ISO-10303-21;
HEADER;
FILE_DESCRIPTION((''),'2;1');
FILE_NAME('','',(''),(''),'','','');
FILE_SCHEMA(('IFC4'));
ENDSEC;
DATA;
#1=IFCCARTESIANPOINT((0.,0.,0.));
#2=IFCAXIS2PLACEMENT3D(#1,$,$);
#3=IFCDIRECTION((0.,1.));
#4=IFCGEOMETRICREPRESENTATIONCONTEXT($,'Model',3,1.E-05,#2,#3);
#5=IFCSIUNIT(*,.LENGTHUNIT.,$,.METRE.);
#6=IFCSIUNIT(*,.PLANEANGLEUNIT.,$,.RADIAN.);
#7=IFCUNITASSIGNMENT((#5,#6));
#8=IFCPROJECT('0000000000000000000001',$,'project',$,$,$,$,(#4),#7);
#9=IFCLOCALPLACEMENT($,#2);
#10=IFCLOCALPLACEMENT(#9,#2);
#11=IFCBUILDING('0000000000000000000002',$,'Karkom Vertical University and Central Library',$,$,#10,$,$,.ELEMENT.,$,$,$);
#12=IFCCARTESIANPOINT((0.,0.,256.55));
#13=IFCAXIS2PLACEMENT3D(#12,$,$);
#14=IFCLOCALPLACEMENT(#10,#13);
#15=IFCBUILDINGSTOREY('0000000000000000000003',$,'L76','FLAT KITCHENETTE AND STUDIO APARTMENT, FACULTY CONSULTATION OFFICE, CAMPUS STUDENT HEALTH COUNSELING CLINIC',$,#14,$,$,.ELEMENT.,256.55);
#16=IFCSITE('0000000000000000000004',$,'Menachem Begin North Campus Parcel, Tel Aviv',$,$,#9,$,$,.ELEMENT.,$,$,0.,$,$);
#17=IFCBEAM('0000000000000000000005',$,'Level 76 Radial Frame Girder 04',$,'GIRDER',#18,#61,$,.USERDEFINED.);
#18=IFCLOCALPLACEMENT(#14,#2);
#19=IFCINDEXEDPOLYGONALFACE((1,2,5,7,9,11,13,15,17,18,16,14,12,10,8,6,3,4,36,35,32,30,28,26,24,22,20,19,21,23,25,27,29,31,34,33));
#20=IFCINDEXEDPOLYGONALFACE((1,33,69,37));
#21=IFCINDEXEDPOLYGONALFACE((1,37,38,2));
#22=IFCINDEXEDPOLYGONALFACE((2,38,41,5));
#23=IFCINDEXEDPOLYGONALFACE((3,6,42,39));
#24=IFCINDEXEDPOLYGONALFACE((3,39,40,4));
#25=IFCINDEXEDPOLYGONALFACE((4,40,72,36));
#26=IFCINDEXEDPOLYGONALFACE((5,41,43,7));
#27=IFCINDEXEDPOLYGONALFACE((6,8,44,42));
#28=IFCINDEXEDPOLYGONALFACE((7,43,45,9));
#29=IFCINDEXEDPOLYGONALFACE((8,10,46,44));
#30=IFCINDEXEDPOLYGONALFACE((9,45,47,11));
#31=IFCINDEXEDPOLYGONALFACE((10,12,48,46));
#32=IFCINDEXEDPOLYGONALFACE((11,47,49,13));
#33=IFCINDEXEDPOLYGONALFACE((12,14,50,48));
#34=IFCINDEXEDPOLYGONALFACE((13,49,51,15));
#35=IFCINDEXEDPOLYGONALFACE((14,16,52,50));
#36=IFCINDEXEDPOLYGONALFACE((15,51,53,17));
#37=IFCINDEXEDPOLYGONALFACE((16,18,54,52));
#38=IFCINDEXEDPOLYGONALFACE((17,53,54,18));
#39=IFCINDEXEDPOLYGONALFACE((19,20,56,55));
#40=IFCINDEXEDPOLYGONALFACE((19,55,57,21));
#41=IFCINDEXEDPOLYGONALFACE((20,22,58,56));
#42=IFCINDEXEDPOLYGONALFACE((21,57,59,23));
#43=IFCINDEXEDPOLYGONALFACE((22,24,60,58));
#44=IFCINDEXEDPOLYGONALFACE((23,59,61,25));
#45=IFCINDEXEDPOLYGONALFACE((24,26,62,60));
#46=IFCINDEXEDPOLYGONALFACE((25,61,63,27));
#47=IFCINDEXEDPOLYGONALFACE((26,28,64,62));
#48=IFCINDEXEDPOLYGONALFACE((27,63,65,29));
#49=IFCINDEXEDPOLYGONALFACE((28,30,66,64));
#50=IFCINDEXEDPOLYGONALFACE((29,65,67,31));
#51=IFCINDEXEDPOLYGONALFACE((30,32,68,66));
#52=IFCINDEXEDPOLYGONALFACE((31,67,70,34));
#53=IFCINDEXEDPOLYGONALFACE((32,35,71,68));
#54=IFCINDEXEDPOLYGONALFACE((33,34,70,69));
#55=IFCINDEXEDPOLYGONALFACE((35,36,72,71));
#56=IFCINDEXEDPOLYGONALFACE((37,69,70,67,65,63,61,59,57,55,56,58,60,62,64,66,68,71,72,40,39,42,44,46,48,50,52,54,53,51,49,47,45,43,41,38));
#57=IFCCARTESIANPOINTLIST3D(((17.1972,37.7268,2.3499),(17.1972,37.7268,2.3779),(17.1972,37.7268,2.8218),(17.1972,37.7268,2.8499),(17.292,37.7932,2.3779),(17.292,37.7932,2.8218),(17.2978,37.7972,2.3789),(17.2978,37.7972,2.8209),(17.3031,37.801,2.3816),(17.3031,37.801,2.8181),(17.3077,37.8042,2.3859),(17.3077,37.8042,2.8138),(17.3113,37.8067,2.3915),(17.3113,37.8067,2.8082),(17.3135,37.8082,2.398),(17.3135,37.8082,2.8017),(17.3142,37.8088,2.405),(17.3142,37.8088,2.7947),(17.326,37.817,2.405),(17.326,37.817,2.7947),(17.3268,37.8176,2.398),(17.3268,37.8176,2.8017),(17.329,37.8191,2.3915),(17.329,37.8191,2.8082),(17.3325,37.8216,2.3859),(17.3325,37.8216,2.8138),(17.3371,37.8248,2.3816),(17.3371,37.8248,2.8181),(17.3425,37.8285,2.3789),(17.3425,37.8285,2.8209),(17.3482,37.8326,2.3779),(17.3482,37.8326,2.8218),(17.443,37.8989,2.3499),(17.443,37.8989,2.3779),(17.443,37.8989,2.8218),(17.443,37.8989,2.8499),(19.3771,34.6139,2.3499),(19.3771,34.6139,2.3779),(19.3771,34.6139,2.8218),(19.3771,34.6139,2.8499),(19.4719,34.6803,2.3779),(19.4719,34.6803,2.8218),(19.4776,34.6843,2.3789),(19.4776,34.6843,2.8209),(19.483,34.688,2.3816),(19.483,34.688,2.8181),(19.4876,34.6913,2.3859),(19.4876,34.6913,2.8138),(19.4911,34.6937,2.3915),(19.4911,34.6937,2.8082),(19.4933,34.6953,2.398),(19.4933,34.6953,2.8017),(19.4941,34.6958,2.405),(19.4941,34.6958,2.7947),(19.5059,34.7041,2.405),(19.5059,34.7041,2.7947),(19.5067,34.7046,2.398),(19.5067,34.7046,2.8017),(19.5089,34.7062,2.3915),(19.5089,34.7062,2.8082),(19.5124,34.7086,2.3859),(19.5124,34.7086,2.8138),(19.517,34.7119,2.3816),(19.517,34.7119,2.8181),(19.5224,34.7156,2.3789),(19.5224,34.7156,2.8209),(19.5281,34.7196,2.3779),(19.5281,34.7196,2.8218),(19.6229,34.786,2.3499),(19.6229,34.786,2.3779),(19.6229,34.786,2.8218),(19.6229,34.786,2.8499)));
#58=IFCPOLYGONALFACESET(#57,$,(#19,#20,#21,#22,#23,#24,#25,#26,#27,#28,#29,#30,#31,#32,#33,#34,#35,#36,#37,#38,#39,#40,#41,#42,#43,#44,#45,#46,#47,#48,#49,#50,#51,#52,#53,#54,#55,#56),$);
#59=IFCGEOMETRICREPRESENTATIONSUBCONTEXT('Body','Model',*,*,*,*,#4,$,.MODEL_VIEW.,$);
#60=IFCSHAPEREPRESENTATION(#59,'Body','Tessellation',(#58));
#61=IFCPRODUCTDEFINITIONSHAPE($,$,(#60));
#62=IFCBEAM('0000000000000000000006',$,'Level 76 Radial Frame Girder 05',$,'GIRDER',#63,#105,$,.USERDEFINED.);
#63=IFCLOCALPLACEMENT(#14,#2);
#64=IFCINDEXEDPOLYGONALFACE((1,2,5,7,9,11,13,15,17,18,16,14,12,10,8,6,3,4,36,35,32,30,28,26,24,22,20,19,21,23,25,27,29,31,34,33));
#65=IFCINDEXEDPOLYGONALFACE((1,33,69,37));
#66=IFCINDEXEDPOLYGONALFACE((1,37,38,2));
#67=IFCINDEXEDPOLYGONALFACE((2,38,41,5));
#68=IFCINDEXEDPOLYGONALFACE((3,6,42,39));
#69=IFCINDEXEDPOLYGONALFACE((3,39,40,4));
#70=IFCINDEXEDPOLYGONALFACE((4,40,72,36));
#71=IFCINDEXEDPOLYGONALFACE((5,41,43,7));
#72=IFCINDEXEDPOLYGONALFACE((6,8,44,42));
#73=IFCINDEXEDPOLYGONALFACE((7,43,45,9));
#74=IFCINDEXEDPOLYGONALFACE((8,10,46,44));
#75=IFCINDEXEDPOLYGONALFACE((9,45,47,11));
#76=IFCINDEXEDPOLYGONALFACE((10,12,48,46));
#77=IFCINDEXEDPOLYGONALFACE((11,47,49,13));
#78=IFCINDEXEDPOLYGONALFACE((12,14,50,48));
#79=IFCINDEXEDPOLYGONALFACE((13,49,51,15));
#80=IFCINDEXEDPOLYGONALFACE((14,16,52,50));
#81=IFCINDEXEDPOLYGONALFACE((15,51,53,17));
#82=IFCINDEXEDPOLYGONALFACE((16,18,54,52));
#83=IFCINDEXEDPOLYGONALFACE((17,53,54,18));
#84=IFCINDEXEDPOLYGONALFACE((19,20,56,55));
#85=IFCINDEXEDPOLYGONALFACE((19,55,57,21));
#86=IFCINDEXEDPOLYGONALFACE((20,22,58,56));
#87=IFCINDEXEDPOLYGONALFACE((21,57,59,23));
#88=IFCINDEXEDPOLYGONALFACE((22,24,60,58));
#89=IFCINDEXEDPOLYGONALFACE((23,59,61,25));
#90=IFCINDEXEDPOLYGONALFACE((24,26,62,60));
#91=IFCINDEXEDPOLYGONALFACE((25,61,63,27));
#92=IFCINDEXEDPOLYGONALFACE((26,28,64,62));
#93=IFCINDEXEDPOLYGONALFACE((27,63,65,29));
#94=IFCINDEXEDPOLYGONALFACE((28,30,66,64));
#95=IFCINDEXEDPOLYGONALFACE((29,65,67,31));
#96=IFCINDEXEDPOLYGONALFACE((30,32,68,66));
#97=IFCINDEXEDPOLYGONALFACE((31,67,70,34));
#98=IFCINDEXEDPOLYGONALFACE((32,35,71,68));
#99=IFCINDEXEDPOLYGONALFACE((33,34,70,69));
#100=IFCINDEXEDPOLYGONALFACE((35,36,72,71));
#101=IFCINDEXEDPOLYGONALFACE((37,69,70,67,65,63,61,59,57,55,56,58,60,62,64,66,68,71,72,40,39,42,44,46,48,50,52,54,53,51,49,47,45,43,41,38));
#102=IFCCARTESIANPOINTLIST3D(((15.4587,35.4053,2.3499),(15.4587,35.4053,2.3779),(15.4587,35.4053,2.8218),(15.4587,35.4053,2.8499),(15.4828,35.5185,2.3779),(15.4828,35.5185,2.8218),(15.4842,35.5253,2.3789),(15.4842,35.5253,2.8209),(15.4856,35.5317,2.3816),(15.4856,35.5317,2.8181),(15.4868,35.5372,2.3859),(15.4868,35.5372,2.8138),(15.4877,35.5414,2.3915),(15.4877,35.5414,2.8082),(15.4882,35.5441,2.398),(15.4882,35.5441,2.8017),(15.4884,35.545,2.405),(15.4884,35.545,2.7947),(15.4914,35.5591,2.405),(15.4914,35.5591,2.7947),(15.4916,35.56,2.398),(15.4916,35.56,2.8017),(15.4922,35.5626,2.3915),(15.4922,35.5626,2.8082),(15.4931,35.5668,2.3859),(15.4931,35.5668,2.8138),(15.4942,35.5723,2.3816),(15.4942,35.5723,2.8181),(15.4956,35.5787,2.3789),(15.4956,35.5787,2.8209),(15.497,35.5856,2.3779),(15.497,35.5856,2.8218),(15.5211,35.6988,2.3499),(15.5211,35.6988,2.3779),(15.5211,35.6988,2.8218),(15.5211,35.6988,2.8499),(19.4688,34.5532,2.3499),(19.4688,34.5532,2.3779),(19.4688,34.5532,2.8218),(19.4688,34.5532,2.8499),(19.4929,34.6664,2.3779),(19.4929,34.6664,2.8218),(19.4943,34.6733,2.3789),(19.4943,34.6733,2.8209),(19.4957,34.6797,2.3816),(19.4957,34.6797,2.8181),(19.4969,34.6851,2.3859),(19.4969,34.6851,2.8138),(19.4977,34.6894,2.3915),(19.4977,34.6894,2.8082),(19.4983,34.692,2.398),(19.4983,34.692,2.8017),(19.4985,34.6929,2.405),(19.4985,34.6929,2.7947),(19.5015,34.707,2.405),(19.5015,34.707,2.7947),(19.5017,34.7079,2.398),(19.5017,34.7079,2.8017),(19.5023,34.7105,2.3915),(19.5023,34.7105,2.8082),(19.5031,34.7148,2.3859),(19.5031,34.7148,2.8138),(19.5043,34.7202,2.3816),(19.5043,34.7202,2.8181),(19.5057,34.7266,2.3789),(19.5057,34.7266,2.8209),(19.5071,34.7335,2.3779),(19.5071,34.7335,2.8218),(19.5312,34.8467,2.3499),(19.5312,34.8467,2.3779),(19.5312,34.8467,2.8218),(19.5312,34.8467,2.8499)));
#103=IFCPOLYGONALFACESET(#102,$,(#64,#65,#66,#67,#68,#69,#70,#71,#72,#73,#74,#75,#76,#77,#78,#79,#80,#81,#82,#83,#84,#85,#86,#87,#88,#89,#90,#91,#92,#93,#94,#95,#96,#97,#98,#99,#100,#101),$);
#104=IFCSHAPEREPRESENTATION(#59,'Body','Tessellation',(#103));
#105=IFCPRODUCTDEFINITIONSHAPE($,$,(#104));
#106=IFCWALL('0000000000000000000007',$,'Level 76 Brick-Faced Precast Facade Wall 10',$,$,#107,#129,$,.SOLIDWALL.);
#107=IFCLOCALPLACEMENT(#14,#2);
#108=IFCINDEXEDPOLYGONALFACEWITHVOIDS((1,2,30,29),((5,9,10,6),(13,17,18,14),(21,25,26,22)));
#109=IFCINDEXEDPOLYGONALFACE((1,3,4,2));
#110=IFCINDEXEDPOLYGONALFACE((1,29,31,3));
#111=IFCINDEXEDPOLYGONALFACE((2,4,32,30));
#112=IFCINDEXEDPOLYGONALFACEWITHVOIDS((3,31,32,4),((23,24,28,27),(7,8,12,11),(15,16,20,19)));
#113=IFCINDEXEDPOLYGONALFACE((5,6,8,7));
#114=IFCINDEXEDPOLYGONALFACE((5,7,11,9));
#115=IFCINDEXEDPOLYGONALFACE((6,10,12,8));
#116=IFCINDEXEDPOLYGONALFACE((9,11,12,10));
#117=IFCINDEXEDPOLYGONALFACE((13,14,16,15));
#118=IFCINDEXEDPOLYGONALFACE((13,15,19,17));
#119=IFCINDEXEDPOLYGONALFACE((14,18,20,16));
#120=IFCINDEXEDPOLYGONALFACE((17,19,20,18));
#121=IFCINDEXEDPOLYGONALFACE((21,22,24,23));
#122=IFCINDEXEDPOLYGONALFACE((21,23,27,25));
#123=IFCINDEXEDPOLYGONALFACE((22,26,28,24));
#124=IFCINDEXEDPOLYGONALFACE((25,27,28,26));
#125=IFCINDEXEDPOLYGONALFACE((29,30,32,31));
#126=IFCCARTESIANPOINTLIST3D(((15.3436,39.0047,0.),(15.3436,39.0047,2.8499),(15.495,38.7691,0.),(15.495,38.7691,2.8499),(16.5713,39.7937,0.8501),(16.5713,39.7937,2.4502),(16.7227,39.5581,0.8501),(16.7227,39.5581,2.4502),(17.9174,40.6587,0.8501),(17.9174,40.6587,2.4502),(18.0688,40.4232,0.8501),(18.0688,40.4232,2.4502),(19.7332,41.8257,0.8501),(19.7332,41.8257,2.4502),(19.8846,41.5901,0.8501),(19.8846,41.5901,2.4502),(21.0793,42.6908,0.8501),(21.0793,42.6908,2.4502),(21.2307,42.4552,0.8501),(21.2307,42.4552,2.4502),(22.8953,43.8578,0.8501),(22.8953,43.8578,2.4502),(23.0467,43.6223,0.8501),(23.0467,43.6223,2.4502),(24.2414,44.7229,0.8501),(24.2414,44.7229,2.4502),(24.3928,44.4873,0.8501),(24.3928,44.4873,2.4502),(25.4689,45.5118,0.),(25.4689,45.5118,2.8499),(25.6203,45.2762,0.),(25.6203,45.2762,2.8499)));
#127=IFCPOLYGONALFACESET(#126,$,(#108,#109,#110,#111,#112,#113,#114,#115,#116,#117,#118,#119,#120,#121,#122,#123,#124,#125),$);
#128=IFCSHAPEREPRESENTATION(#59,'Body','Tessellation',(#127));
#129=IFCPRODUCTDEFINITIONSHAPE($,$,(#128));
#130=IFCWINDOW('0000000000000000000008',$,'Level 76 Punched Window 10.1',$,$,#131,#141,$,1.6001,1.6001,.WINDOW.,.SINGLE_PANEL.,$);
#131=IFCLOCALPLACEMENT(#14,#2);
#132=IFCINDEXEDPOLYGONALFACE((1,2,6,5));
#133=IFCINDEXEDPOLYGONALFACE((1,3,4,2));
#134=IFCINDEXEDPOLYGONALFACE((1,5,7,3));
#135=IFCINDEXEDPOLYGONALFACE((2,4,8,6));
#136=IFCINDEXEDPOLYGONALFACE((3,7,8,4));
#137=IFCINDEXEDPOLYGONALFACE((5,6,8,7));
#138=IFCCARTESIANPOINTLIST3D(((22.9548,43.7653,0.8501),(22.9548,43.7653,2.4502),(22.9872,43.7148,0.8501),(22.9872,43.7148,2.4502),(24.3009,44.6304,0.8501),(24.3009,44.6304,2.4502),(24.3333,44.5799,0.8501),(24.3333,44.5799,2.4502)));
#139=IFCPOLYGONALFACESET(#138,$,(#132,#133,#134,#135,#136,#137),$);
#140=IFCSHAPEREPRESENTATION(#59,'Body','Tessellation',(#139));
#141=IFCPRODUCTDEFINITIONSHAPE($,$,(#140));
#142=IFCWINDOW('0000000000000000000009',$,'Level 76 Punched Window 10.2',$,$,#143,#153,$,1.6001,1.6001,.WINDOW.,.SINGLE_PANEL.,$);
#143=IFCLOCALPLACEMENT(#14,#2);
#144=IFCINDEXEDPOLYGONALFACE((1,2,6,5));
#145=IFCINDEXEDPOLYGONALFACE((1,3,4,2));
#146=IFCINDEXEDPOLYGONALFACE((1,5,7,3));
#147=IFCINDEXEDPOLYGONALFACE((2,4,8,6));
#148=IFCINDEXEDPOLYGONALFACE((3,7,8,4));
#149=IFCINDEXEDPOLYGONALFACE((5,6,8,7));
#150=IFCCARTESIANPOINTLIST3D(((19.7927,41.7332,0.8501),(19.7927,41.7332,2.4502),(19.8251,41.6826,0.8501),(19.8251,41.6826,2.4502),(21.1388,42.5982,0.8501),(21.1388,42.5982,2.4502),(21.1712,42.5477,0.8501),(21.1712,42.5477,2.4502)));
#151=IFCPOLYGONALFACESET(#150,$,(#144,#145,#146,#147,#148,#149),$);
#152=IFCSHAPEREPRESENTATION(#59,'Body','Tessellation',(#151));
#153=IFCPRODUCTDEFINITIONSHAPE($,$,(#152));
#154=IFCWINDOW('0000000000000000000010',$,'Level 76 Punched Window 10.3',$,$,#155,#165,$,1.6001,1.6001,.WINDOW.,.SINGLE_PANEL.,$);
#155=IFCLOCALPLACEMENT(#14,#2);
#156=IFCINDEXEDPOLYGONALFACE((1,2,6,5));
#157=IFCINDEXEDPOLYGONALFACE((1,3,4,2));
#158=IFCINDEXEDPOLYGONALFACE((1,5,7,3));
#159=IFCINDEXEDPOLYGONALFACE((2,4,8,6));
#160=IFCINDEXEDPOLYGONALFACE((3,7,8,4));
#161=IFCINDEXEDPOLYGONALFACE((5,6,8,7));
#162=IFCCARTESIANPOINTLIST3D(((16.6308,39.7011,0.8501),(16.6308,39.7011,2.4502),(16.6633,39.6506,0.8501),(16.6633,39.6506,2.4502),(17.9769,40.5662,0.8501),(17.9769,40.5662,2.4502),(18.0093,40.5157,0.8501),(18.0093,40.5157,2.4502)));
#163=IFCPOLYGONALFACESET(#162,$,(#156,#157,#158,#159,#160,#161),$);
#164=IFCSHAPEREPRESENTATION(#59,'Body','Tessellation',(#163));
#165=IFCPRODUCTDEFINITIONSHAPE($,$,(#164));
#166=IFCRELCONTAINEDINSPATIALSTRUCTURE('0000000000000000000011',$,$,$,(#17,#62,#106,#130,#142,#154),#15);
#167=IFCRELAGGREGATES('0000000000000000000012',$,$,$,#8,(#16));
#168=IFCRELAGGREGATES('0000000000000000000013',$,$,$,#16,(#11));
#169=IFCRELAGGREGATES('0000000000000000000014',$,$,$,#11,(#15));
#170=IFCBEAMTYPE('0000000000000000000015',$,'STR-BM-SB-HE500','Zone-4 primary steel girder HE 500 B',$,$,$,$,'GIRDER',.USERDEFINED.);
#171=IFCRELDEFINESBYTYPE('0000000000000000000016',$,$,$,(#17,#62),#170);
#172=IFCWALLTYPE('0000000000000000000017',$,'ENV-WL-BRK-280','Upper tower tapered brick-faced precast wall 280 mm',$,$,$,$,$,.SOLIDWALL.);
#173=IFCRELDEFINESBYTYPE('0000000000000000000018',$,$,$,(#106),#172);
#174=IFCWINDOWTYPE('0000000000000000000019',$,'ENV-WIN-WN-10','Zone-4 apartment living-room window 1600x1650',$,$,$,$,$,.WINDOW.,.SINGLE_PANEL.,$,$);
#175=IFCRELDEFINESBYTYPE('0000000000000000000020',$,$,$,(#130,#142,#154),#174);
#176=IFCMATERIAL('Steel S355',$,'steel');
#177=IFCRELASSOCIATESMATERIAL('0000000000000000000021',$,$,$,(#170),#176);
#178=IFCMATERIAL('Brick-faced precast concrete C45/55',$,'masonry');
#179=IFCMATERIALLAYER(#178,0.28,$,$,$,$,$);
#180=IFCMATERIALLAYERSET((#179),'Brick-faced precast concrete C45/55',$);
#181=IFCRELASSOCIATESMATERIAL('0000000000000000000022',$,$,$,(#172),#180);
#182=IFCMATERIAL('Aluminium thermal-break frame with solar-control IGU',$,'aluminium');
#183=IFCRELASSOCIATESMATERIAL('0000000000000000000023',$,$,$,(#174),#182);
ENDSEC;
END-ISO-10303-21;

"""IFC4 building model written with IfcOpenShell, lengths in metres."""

from ifc_helpers import new_model, si_unit, direction, frame, frame_2d, origin, origin_with_axes, origin_2d, place, context, subcontext, project, spatial, rectangle, i_section, extrude, source, transform, mapped, material, layer, layer_set, material_profile, profile_set, type_object, element, fill, save


model = new_model("IFC4")

# Units and contexts
model_context = context("Model", 3, precision=1e-05, world=origin(), true_north=direction((0.0, 1.0)))
body_context = subcontext(model_context, "Body", "Model", "MODEL_VIEW")
ifc_project = project(units=[si_unit("LENGTHUNIT", "METRE"), si_unit("PLANEANGLEUNIT", "RADIAN")], contexts=[model_context])

# Site, building, storey
site_placement = place(None, origin())
site = spatial("IfcSite", under=ifc_project, at=site_placement, Name="Menachem Begin North Campus Parcel, Tel Aviv", CompositionType="ELEMENT", RefElevation=0.0)
building_placement = place(site_placement, origin())
building = spatial("IfcBuilding", under=site, at=building_placement, Name="Karkom Vertical University and Central Library", CompositionType="ELEMENT")
storey_placement = place(building_placement, frame((0.0, 0.0, 256.55)))
storey = spatial("IfcBuildingStorey", under=building, at=storey_placement, Name="L76", Description="FLAT KITCHENETTE AND STUDIO APARTMENT, FACULTY CONSULTATION OFFICE, CAMPUS STUDENT HEALTH COUNSELING CLINIC", CompositionType="ELEMENT", Elevation=256.55)

# Beams
ifc_material_1 = material(Name="Steel S355", Category="steel")
ifc_material_profile_1 = material_profile(ifc_material_1, i_section(OverallWidth=0.3, OverallDepth=0.5, WebThickness=0.0144, FlangeThickness=0.0281, FilletRadius=0.0271, at=origin_2d()), Name="HE 500 B")
ifc_profile_set_1 = profile_set([ifc_material_profile_1], Name="Steel S355")
beam_type_1 = type_object("IfcBeamType", Name="STR-BM-SB-HE500", Description="Zone-4 primary steel girder HE 500 B", ElementType="GIRDER", PredefinedType="USERDEFINED", material=ifc_profile_set_1)
shared_shape_1 = source(origin_with_axes(), body_context, "Body", "SweptSolid", [
    extrude(i_section(OverallWidth=0.3, OverallDepth=0.5, WebThickness=0.0144, FlangeThickness=0.0281, FilletRadius=0.0271, at=origin_2d()), origin(), (0.0, 0.0, 1.0), 3.8003),
])
beam_1_placement = place(storey_placement, frame((19.5, 34.7, 2.5999), z_axis=(-0.573605, 0.819132, 0.0), x_axis=(-0.819132, -0.573605, 0.0)))
element("IfcBeam", 1, at=beam_1_placement, inside=storey, type_object=beam_type_1, Name="Level 76 Radial Frame Girder 04", ObjectType="GIRDER", PredefinedType="USERDEFINED", context=body_context, shape_type="MappedRepresentation", body=[
    mapped(shared_shape_1, transform((0.0, 0.0, 0.0), scale=1.0)),
])
shared_shape_2 = source(origin_with_axes(), body_context, "Body", "SweptSolid", [
    extrude(i_section(OverallWidth=0.3, OverallDepth=0.5, WebThickness=0.0144, FlangeThickness=0.0281, FilletRadius=0.0271, at=origin_2d()), origin(), (0.0, 0.0, 1.0), 4.0996),
])
beam_2_placement = place(storey_placement, frame((19.5, 34.7, 2.5999), z_axis=(-0.978163, 0.207841, 0.0), x_axis=(-0.207841, -0.978163, 0.0)))
element("IfcBeam", 2, at=beam_2_placement, inside=storey, type_object=beam_type_1, Name="Level 76 Radial Frame Girder 05", ObjectType="GIRDER", PredefinedType="USERDEFINED", context=body_context, shape_type="MappedRepresentation", body=[
    mapped(shared_shape_2, transform((0.0, 0.0, 0.0), scale=1.0)),
])

# Wall, openings, windows
ifc_material_2 = material(Name="Brick-faced precast concrete C45/55", Category="masonry")
ifc_layer_1 = layer(ifc_material_2, 0.28)
ifc_layer_set_1 = layer_set([ifc_layer_1], Name="Brick-faced precast concrete C45/55")
wall_type_1 = type_object("IfcWallType", Name="ENV-WL-BRK-280", Description="Upper tower tapered brick-faced precast wall 280 mm", PredefinedType="SOLIDWALL", material=ifc_layer_set_1)
wall_1_placement = place(storey_placement, frame((25.5447, 45.394, 0.0), z_axis=(0.0, 0.0, 1.0), x_axis=(-0.841254, -0.54064, 0.0)))
wall_1 = element("IfcWall", 3, at=wall_1_placement, inside=storey, type_object=wall_type_1, Name="Level 76 Brick-Faced Precast Facade Wall 10", PredefinedType="SOLIDWALL", context=body_context, shape_type="SweptSolid", body=[
    extrude(rectangle(XDim=12.0359, YDim=0.28, at=frame_2d((6.0181, 0.0))), origin(), (0.0, 0.0, 1.0), 2.8499),
])
opening_1_placement = place(wall_1_placement, frame((1.4592, 0.0, 0.8501)))
opening_1 = element("IfcOpeningElement", 4, at=opening_1_placement, cuts=wall_1, PredefinedType="OPENING", context=body_context, shape_type="SweptSolid", body=[
    extrude(rectangle(XDim=1.6001, YDim=1.6001, at=frame_2d((0.8, 0.8))), frame((0.0, 0.1499, 0.0), z_axis=(0.0, -1.0, 0.0), x_axis=(1.0, 0.0, 0.0)), (0.0, 0.0, 1.0), 0.3),
])
opening_2_placement = place(wall_1_placement, frame((5.218, 0.0, 0.8501)))
opening_2 = element("IfcOpeningElement", 5, at=opening_2_placement, cuts=wall_1, PredefinedType="OPENING", context=body_context, shape_type="SweptSolid", body=[
    extrude(rectangle(XDim=1.6001, YDim=1.6001, at=frame_2d((0.8, 0.8))), frame((0.0, 0.1499, 0.0), z_axis=(0.0, -1.0, 0.0), x_axis=(1.0, 0.0, 0.0)), (0.0, 0.0, 1.0), 0.3),
])
opening_3_placement = place(wall_1_placement, frame((8.9766, 0.0, 0.8501)))
opening_3 = element("IfcOpeningElement", 6, at=opening_3_placement, cuts=wall_1, PredefinedType="OPENING", context=body_context, shape_type="SweptSolid", body=[
    extrude(rectangle(XDim=1.6001, YDim=1.6001, at=frame_2d((0.8, 0.8))), frame((0.0, 0.1499, 0.0), z_axis=(0.0, -1.0, 0.0), x_axis=(1.0, 0.0, 0.0)), (0.0, 0.0, 1.0), 0.3),
])
ifc_material_3 = material(Name="Aluminium thermal-break frame with solar-control IGU", Category="aluminium")
window_type = type_object("IfcWindowType", Name="ENV-WIN-WN-10", Description="Zone-4 apartment living-room window 1600x1650", PartitioningType="SINGLE_PANEL", PredefinedType="WINDOW", material=ifc_material_3)
shared_shape_3 = source(origin_with_axes(), body_context, "Body", "SweptSolid", [
    extrude(rectangle(XDim=1.6001, YDim=1.6001, at=frame_2d((0.8, 0.8))), frame((0.0, 0.03, 0.0), z_axis=(0.0, -1.0, 0.0), x_axis=(1.0, 0.0, 0.0)), (0.0, 0.0, 1.0), 0.0601),
])
window_1_placement = place(opening_1_placement, origin())
window_1 = element("IfcWindow", 7, at=window_1_placement, inside=storey, type_object=window_type, Name="Level 76 Punched Window 10.1", OverallHeight=1.6001, OverallWidth=1.6001, PartitioningType="SINGLE_PANEL", PredefinedType="WINDOW", context=body_context, shape_type="MappedRepresentation", body=[
    mapped(shared_shape_3, transform((0.0, 0.0, 0.0), scale=1.0)),
])
fill(opening_1, window_1)
window_2_placement = place(opening_2_placement, origin())
window_2 = element("IfcWindow", 8, at=window_2_placement, inside=storey, type_object=window_type, Name="Level 76 Punched Window 10.2", OverallHeight=1.6001, OverallWidth=1.6001, PartitioningType="SINGLE_PANEL", PredefinedType="WINDOW", context=body_context, shape_type="MappedRepresentation", body=[
    mapped(shared_shape_3, transform((0.0, 0.0, 0.0), scale=1.0)),
])
fill(opening_2, window_2)
window_3_placement = place(opening_3_placement, origin())
window_3 = element("IfcWindow", 9, at=window_3_placement, inside=storey, type_object=window_type, Name="Level 76 Punched Window 10.3", OverallHeight=1.6001, OverallWidth=1.6001, PartitioningType="SINGLE_PANEL", PredefinedType="WINDOW", context=body_context, shape_type="MappedRepresentation", body=[
    mapped(shared_shape_3, transform((0.0, 0.0, 0.0), scale=1.0)),
])
fill(opening_3, window_3)

save(model, "model.ifc")
